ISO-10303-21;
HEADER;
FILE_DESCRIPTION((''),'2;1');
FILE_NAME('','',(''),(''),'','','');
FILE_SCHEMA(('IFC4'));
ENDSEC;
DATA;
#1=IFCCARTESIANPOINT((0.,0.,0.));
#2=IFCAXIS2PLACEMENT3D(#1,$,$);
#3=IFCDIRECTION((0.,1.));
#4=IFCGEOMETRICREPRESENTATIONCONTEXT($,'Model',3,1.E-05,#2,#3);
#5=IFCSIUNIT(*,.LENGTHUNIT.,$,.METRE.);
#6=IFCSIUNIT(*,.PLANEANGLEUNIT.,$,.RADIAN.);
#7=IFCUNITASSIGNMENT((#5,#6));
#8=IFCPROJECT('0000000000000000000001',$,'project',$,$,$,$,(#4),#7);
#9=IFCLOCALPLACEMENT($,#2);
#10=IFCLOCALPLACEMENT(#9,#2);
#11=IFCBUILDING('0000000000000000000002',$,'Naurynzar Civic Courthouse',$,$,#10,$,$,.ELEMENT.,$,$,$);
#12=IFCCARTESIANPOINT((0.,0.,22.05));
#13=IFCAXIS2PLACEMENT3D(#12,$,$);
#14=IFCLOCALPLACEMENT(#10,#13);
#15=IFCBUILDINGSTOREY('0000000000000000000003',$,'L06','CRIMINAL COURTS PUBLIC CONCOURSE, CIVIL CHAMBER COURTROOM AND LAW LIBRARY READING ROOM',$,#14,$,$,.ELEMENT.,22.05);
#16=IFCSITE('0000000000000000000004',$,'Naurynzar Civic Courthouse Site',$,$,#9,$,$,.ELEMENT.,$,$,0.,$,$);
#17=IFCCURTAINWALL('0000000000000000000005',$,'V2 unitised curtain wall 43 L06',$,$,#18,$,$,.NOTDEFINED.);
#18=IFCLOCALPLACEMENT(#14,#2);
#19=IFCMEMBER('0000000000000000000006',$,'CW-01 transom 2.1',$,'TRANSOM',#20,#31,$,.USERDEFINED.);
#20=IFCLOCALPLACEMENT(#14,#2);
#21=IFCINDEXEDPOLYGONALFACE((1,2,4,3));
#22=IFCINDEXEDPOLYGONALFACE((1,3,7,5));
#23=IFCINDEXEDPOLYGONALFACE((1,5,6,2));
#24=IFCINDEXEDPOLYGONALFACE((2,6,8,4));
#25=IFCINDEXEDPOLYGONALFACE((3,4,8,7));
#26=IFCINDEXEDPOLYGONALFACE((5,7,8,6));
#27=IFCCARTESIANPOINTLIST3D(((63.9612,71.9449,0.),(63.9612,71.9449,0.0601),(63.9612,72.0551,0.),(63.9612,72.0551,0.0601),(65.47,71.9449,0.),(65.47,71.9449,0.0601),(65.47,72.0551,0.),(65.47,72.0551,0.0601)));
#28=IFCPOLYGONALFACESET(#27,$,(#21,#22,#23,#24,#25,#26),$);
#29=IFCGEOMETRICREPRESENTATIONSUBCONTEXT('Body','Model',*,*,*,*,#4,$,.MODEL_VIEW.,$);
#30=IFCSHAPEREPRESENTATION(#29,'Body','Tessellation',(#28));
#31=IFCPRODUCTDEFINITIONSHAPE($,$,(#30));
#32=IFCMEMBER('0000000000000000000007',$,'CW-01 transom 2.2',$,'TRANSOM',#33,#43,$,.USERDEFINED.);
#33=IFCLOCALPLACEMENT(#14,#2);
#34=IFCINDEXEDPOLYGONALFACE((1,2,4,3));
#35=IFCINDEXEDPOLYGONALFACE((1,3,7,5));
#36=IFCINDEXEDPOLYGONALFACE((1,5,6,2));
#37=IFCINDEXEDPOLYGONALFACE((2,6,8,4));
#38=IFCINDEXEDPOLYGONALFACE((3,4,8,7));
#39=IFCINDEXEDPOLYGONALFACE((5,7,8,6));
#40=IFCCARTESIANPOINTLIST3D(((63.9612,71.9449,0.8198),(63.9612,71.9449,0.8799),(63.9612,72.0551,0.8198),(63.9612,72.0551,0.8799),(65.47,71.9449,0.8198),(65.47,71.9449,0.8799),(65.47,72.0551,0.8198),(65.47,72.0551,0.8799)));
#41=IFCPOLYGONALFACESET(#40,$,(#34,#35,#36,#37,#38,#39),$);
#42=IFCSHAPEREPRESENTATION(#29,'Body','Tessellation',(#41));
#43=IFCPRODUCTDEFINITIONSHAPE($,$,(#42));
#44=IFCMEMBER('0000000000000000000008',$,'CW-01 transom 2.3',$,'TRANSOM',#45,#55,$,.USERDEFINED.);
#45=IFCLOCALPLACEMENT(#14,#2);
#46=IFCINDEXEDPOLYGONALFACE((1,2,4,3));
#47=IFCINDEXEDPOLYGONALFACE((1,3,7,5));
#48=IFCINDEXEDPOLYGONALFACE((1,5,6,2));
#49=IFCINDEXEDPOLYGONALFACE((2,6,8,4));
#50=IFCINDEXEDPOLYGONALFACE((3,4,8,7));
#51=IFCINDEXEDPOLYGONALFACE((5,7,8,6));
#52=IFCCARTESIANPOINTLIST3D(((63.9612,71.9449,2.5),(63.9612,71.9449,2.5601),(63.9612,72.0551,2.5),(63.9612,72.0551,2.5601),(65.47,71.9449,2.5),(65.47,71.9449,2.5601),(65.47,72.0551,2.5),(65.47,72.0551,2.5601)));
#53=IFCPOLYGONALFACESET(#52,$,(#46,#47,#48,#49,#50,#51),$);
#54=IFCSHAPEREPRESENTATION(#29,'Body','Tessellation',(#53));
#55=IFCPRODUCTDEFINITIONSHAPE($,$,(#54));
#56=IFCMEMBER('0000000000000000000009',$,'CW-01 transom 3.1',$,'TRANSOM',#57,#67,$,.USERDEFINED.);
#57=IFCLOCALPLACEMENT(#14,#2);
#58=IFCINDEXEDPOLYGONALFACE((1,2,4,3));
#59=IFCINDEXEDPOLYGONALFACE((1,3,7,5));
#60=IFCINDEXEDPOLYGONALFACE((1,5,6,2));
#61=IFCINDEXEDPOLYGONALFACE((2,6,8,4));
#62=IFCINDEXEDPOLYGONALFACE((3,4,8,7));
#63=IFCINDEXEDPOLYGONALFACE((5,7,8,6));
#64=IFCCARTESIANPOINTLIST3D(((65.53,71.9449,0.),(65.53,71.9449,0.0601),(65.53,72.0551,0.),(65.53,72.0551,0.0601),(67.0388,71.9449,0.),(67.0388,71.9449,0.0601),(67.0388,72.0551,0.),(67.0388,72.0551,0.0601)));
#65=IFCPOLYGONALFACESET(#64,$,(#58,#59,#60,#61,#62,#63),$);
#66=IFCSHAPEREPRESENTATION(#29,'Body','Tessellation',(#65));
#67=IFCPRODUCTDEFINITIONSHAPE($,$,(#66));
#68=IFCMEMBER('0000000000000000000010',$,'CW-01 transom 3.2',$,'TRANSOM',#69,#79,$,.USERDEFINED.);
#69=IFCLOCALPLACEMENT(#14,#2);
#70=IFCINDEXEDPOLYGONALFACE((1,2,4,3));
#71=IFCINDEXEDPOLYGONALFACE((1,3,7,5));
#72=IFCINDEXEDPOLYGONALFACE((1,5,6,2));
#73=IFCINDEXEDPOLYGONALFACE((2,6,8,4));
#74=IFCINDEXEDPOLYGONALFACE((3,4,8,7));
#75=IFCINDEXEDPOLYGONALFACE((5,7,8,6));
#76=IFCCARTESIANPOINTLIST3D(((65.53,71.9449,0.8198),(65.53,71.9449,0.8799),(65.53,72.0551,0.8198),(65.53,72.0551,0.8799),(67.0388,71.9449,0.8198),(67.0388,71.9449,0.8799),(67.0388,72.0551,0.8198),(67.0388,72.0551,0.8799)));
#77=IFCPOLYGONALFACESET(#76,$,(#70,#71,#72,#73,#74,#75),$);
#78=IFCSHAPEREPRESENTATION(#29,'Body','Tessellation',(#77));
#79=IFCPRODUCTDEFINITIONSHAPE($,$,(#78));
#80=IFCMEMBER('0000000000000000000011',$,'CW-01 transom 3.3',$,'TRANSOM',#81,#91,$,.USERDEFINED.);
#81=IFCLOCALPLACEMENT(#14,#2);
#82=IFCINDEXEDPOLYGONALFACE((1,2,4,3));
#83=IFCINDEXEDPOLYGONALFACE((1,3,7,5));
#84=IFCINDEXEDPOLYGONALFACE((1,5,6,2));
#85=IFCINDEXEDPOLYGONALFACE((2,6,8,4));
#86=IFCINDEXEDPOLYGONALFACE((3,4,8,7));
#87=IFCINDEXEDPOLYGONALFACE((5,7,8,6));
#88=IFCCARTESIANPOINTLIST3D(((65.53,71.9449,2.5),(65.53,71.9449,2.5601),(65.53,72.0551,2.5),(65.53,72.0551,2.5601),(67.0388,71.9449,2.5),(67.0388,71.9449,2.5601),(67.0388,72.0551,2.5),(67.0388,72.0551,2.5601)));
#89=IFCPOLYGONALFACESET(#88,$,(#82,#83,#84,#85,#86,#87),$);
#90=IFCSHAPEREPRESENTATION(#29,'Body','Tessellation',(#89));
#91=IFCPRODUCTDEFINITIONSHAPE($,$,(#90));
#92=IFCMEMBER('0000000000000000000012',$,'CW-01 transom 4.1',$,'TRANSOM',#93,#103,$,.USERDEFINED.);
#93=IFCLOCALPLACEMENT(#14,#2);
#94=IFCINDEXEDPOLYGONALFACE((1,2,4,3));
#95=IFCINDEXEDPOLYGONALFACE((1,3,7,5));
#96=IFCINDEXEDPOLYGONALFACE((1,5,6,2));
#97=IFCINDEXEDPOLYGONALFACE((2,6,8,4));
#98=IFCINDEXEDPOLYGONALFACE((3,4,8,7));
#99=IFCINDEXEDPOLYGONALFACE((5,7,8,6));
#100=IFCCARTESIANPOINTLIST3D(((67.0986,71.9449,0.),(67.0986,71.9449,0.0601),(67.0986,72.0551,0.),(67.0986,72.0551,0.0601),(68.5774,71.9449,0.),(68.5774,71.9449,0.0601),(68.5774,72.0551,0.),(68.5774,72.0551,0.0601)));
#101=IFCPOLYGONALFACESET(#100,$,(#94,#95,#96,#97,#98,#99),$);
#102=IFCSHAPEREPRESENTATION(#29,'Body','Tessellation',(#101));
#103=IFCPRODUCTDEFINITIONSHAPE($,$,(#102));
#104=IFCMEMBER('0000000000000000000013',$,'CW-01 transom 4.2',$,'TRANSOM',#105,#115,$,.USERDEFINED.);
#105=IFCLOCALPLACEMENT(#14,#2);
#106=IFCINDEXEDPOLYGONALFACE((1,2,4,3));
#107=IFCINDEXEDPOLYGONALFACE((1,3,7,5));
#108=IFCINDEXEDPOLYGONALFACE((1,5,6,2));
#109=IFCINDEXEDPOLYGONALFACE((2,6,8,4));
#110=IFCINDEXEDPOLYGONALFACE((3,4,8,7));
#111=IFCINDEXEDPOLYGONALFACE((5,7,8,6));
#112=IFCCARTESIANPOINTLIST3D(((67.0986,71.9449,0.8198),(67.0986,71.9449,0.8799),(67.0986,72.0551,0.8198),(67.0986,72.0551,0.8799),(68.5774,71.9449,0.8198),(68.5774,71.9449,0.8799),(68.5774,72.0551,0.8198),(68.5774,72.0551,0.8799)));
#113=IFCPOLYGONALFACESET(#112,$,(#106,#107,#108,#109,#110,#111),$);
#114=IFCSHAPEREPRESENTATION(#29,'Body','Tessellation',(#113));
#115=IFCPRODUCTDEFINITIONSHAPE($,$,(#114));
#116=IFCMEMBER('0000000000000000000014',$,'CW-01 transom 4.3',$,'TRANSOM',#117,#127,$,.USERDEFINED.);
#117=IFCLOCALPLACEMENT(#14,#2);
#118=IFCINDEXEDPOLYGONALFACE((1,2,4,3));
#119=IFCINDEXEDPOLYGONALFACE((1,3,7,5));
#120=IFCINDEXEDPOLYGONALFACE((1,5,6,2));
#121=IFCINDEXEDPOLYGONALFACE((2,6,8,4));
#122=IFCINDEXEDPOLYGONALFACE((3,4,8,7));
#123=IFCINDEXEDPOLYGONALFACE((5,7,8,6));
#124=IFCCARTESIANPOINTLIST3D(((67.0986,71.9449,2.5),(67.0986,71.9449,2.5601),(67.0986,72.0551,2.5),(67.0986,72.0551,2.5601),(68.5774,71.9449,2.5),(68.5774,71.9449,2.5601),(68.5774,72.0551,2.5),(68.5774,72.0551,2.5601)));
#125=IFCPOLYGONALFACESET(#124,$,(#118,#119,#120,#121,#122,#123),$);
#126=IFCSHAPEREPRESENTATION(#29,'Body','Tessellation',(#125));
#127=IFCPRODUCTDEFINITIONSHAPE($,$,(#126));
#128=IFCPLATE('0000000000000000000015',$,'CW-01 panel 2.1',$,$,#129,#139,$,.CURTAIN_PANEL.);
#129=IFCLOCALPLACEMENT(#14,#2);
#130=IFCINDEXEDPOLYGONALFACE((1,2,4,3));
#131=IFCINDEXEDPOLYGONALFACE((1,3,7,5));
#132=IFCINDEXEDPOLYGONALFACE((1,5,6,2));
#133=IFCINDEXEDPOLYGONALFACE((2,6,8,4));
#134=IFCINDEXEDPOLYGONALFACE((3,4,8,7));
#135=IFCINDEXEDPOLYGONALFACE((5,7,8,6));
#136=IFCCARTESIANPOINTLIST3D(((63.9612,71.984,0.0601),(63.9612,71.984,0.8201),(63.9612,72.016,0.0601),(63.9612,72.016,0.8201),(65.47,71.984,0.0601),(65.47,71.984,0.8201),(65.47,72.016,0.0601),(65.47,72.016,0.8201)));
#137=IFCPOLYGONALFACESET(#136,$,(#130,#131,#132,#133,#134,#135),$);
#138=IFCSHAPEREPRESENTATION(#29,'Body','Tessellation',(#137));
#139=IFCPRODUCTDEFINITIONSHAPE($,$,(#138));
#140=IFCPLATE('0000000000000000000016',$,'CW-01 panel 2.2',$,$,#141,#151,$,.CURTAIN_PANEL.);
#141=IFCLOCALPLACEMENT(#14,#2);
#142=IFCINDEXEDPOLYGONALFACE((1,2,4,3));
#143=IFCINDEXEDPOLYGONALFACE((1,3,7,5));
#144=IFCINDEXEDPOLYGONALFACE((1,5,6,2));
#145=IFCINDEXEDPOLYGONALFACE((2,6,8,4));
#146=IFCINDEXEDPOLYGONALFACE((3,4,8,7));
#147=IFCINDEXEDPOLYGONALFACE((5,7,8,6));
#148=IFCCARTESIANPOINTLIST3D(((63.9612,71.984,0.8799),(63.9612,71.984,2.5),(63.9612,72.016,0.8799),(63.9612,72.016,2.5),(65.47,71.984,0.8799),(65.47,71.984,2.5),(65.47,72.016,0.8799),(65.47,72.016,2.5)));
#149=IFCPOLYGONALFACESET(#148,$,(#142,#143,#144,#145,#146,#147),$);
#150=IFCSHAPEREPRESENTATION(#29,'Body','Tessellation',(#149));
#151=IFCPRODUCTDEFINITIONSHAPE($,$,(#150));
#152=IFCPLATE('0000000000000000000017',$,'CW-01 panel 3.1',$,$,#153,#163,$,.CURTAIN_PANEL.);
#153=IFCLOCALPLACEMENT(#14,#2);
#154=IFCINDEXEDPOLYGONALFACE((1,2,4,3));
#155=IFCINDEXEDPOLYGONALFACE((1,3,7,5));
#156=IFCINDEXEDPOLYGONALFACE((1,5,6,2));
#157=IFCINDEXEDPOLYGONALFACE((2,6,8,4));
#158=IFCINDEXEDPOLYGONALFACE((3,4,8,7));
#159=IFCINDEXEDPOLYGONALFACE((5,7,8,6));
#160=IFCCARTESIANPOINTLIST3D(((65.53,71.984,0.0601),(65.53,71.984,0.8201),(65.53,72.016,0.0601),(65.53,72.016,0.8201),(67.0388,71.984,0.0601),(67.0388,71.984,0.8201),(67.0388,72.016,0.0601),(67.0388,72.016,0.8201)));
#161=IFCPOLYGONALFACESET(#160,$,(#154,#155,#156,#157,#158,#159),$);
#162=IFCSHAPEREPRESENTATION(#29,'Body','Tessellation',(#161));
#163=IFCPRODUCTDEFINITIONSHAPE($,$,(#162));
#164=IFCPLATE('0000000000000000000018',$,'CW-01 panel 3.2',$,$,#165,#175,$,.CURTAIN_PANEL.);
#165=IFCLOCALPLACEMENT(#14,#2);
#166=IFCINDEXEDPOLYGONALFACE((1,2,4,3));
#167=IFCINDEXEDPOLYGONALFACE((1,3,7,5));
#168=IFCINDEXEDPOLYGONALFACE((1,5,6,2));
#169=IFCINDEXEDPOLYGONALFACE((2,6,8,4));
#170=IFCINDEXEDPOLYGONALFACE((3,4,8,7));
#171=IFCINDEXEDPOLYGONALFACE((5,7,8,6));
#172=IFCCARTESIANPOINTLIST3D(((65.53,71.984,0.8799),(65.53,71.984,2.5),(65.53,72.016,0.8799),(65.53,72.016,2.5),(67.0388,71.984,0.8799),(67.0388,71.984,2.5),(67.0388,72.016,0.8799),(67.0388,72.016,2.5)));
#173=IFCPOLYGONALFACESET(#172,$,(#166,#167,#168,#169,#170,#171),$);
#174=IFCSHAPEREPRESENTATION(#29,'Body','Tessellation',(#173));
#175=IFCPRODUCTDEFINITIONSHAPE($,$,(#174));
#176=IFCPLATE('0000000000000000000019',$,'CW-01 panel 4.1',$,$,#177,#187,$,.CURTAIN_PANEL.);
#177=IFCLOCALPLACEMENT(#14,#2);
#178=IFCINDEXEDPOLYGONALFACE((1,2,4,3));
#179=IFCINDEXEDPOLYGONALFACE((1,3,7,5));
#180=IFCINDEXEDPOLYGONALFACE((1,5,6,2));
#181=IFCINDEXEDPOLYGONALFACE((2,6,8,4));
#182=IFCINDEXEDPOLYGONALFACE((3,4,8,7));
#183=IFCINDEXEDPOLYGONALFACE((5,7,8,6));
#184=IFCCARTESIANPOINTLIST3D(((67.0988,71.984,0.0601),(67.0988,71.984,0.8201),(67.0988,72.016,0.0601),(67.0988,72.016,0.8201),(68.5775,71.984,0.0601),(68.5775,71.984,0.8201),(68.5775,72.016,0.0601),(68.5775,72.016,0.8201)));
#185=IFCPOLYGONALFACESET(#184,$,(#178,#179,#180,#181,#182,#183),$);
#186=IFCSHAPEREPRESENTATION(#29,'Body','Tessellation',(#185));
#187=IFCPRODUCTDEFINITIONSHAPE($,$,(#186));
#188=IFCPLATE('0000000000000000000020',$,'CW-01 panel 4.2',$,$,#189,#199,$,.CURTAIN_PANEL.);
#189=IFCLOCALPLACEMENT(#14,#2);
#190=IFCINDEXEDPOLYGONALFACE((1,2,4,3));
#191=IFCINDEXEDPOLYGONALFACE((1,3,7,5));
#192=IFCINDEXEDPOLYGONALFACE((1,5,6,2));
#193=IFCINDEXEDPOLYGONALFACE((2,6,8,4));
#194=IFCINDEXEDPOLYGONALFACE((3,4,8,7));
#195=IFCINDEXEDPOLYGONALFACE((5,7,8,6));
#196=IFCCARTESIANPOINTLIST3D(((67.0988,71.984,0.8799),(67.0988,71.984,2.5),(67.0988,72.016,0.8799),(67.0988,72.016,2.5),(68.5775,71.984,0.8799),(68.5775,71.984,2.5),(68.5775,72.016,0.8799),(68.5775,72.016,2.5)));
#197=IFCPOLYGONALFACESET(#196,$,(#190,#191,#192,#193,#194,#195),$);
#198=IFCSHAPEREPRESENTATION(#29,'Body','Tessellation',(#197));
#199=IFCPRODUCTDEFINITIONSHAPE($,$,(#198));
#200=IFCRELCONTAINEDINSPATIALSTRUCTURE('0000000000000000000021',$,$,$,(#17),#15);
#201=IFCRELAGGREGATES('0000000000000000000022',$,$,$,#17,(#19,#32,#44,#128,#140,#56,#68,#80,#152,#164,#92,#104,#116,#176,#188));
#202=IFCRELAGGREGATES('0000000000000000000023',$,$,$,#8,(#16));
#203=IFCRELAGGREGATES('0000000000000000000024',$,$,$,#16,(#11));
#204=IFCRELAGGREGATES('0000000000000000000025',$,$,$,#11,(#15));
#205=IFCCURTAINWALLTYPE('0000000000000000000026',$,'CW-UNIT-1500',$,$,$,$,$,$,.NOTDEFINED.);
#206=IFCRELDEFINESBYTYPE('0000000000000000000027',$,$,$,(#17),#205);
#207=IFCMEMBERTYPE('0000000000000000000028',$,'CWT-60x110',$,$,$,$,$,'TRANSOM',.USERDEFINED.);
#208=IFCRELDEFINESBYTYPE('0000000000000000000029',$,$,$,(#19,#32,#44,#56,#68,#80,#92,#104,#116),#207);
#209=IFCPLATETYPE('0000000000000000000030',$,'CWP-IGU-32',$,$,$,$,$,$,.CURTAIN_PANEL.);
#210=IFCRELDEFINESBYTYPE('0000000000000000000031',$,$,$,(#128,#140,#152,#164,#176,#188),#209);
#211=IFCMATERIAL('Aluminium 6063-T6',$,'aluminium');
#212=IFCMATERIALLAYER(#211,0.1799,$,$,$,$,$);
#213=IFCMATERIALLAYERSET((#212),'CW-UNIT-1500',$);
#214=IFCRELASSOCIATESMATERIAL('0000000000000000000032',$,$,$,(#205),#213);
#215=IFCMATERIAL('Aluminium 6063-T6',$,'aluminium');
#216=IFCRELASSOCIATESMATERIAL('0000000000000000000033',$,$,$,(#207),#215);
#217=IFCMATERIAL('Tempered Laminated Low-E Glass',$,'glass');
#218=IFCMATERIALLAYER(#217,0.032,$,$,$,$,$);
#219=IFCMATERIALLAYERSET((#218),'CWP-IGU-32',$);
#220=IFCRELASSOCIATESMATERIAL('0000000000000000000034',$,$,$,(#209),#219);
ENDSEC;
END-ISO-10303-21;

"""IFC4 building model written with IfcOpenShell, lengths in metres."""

from ifc_helpers import new_model, si_unit, direction, frame, origin, origin_2d, place, context, subcontext, project, spatial, rectangle, extrude, material, layer, layer_set, material_profile, profile_set, type_object, element, aggregate, save


model = new_model("IFC4")

# Units and contexts
model_context = context("Model", 3, precision=1e-05, world=origin(), true_north=direction((0.0, 1.0)))
body_context = subcontext(model_context, "Body", "Model", "MODEL_VIEW")
ifc_project = project(units=[si_unit("LENGTHUNIT", "METRE"), si_unit("PLANEANGLEUNIT", "RADIAN")], contexts=[model_context])

# Site, building, storey
site_placement = place(None, origin())
site = spatial("IfcSite", under=ifc_project, at=site_placement, Name="Naurynzar Civic Courthouse Site", CompositionType="ELEMENT", RefElevation=0.0)
building_placement = place(site_placement, origin())
building = spatial("IfcBuilding", under=site, at=building_placement, Name="Naurynzar Civic Courthouse", CompositionType="ELEMENT")
storey_placement = place(building_placement, frame((0.0, 0.0, 22.05)))
storey = spatial("IfcBuildingStorey", under=building, at=storey_placement, Name="L06", Description="CRIMINAL COURTS PUBLIC CONCOURSE, CIVIL CHAMBER COURTROOM AND LAW LIBRARY READING ROOM", CompositionType="ELEMENT", Elevation=22.05)

# Curtain wall, members, plates
ifc_material_1 = material(Name="Aluminium 6063-T6", Category="aluminium")
ifc_layer_1 = layer(ifc_material_1, 0.1799)
ifc_layer_set_1 = layer_set([ifc_layer_1], Name="CW-UNIT-1500")
curtain_wall_type = type_object("IfcCurtainWallType", Name="CW-UNIT-1500", PredefinedType="NOTDEFINED", material=ifc_layer_set_1)
curtain_wall_placement = place(storey_placement, origin())
curtain_wall = element("IfcCurtainWall", 1, at=curtain_wall_placement, inside=storey, type_object=curtain_wall_type, Name="V2 unitised curtain wall 43 L06", PredefinedType="NOTDEFINED")
ifc_material_2 = material(Name="Aluminium 6063-T6", Category="aluminium")
ifc_material_profile_1 = material_profile(ifc_material_2, rectangle(XDim=0.1101, YDim=0.0601, at=origin_2d()), Name="ALU TRANSOM 60x110")
ifc_profile_set_1 = profile_set([ifc_material_profile_1], Name="Aluminium 6063-T6")
member_type_1 = type_object("IfcMemberType", Name="CWT-60x110", ElementType="TRANSOM", PredefinedType="USERDEFINED", material=ifc_profile_set_1)
member_1_placement = place(storey_placement, frame((63.9612, 72.0, 0.03), z_axis=(1.0, 0.0, 0.0), x_axis=(0.0, 1.0, 0.0)))
member_1 = element("IfcMember", 2, at=member_1_placement, type_object=member_type_1, Name="CW-01 transom 2.1", ObjectType="TRANSOM", PredefinedType="USERDEFINED", context=body_context, shape_type="SweptSolid", body=[
    extrude(rectangle(XDim=0.1101, YDim=0.0601, at=origin_2d()), origin(), (0.0, 0.0, 1.0), 1.5088),
])
member_2_placement = place(storey_placement, frame((63.9612, 72.0, 0.8499), z_axis=(1.0, 0.0, 0.0), x_axis=(0.0, 1.0, 0.0)))
member_2 = element("IfcMember", 3, at=member_2_placement, type_object=member_type_1, Name="CW-01 transom 2.2", ObjectType="TRANSOM", PredefinedType="USERDEFINED", context=body_context, shape_type="SweptSolid", body=[
    extrude(rectangle(XDim=0.1101, YDim=0.0601, at=origin_2d()), origin(), (0.0, 0.0, 1.0), 1.5088),
])
member_3_placement = place(storey_placement, frame((63.9612, 72.0, 2.53), z_axis=(1.0, 0.0, 0.0), x_axis=(0.0, 1.0, 0.0)))
member_3 = element("IfcMember", 4, at=member_3_placement, type_object=member_type_1, Name="CW-01 transom 2.3", ObjectType="TRANSOM", PredefinedType="USERDEFINED", context=body_context, shape_type="SweptSolid", body=[
    extrude(rectangle(XDim=0.1101, YDim=0.0601, at=origin_2d()), origin(), (0.0, 0.0, 1.0), 1.5088),
])
member_4_placement = place(storey_placement, frame((65.53, 72.0, 0.03), z_axis=(1.0, 0.0, 0.0), x_axis=(0.0, 1.0, 0.0)))
member_4 = element("IfcMember", 5, at=member_4_placement, type_object=member_type_1, Name="CW-01 transom 3.1", ObjectType="TRANSOM", PredefinedType="USERDEFINED", context=body_context, shape_type="SweptSolid", body=[
    extrude(rectangle(XDim=0.1101, YDim=0.0601, at=origin_2d()), origin(), (0.0, 0.0, 1.0), 1.5088),
])
member_5_placement = place(storey_placement, frame((65.53, 72.0, 0.8499), z_axis=(1.0, 0.0, 0.0), x_axis=(0.0, 1.0, 0.0)))
member_5 = element("IfcMember", 6, at=member_5_placement, type_object=member_type_1, Name="CW-01 transom 3.2", ObjectType="TRANSOM", PredefinedType="USERDEFINED", context=body_context, shape_type="SweptSolid", body=[
    extrude(rectangle(XDim=0.1101, YDim=0.0601, at=origin_2d()), origin(), (0.0, 0.0, 1.0), 1.5088),
])
member_6_placement = place(storey_placement, frame((65.53, 72.0, 2.53), z_axis=(1.0, 0.0, 0.0), x_axis=(0.0, 1.0, 0.0)))
member_6 = element("IfcMember", 7, at=member_6_placement, type_object=member_type_1, Name="CW-01 transom 3.3", ObjectType="TRANSOM", PredefinedType="USERDEFINED", context=body_context, shape_type="SweptSolid", body=[
    extrude(rectangle(XDim=0.1101, YDim=0.0601, at=origin_2d()), origin(), (0.0, 0.0, 1.0), 1.5088),
])
member_7_placement = place(storey_placement, frame((67.0986, 72.0, 0.03), z_axis=(1.0, 0.0, 0.0), x_axis=(0.0, 1.0, 0.0)))
member_7 = element("IfcMember", 8, at=member_7_placement, type_object=member_type_1, Name="CW-01 transom 4.1", ObjectType="TRANSOM", PredefinedType="USERDEFINED", context=body_context, shape_type="SweptSolid", body=[
    extrude(rectangle(XDim=0.1101, YDim=0.0601, at=origin_2d()), origin(), (0.0, 0.0, 1.0), 1.4788),
])
member_8_placement = place(storey_placement, frame((67.0986, 72.0, 0.8499), z_axis=(1.0, 0.0, 0.0), x_axis=(0.0, 1.0, 0.0)))
member_8 = element("IfcMember", 9, at=member_8_placement, type_object=member_type_1, Name="CW-01 transom 4.2", ObjectType="TRANSOM", PredefinedType="USERDEFINED", context=body_context, shape_type="SweptSolid", body=[
    extrude(rectangle(XDim=0.1101, YDim=0.0601, at=origin_2d()), origin(), (0.0, 0.0, 1.0), 1.4788),
])
member_9_placement = place(storey_placement, frame((67.0986, 72.0, 2.53), z_axis=(1.0, 0.0, 0.0), x_axis=(0.0, 1.0, 0.0)))
member_9 = element("IfcMember", 10, at=member_9_placement, type_object=member_type_1, Name="CW-01 transom 4.3", ObjectType="TRANSOM", PredefinedType="USERDEFINED", context=body_context, shape_type="SweptSolid", body=[
    extrude(rectangle(XDim=0.1101, YDim=0.0601, at=origin_2d()), origin(), (0.0, 0.0, 1.0), 1.4788),
])
ifc_material_3 = material(Name="Tempered Laminated Low-E Glass", Category="glass")
ifc_layer_2 = layer(ifc_material_3, 0.032)
ifc_layer_set_2 = layer_set([ifc_layer_2], Name="CWP-IGU-32")
plate_type = type_object("IfcPlateType", Name="CWP-IGU-32", PredefinedType="CURTAIN_PANEL", material=ifc_layer_set_2)
plate_1_placement = place(storey_placement, frame((64.7156, 72.0, 0.0601), z_axis=(0.0, 0.0, 1.0), x_axis=(1.0, 0.0, 0.0)))
plate_1 = element("IfcPlate", 11, at=plate_1_placement, type_object=plate_type, Name="CW-01 panel 2.1", PredefinedType="CURTAIN_PANEL", context=body_context, shape_type="SweptSolid", body=[
    extrude(rectangle(XDim=1.5088, YDim=0.032, at=origin_2d()), origin(), (0.0, 0.0, 1.0), 0.76),
])
plate_2_placement = place(storey_placement, frame((64.7156, 72.0, 0.8799), z_axis=(0.0, 0.0, 1.0), x_axis=(1.0, 0.0, 0.0)))
plate_2 = element("IfcPlate", 12, at=plate_2_placement, type_object=plate_type, Name="CW-01 panel 2.2", PredefinedType="CURTAIN_PANEL", context=body_context, shape_type="SweptSolid", body=[
    extrude(rectangle(XDim=1.5088, YDim=0.032, at=origin_2d()), origin(), (0.0, 0.0, 1.0), 1.6201),
])
plate_3_placement = place(storey_placement, frame((66.2844, 72.0, 0.0601), z_axis=(0.0, 0.0, 1.0), x_axis=(1.0, 0.0, 0.0)))
plate_3 = element("IfcPlate", 13, at=plate_3_placement, type_object=plate_type, Name="CW-01 panel 3.1", PredefinedType="CURTAIN_PANEL", context=body_context, shape_type="SweptSolid", body=[
    extrude(rectangle(XDim=1.5088, YDim=0.032, at=origin_2d()), origin(), (0.0, 0.0, 1.0), 0.76),
])
plate_4_placement = place(storey_placement, frame((66.2844, 72.0, 0.8799), z_axis=(0.0, 0.0, 1.0), x_axis=(1.0, 0.0, 0.0)))
plate_4 = element("IfcPlate", 14, at=plate_4_placement, type_object=plate_type, Name="CW-01 panel 3.2", PredefinedType="CURTAIN_PANEL", context=body_context, shape_type="SweptSolid", body=[
    extrude(rectangle(XDim=1.5088, YDim=0.032, at=origin_2d()), origin(), (0.0, 0.0, 1.0), 1.6201),
])
plate_5_placement = place(storey_placement, frame((67.8381, 72.0, 0.0601), z_axis=(0.0, 0.0, 1.0), x_axis=(1.0, 0.0, 0.0)))
plate_5 = element("IfcPlate", 15, at=plate_5_placement, type_object=plate_type, Name="CW-01 panel 4.1", PredefinedType="CURTAIN_PANEL", context=body_context, shape_type="SweptSolid", body=[
    extrude(rectangle(XDim=1.4788, YDim=0.032, at=origin_2d()), origin(), (0.0, 0.0, 1.0), 0.76),
])
plate_6_placement = place(storey_placement, frame((67.8381, 72.0, 0.8799), z_axis=(0.0, 0.0, 1.0), x_axis=(1.0, 0.0, 0.0)))
plate_6 = element("IfcPlate", 16, at=plate_6_placement, type_object=plate_type, Name="CW-01 panel 4.2", PredefinedType="CURTAIN_PANEL", context=body_context, shape_type="SweptSolid", body=[
    extrude(rectangle(XDim=1.4788, YDim=0.032, at=origin_2d()), origin(), (0.0, 0.0, 1.0), 1.6201),
])
aggregate(curtain_wall, [member_1, member_2, member_3, plate_1, plate_2, member_4, member_5, member_6, plate_3, plate_4, member_7, member_8, member_9, plate_5, plate_6])

save(model, "model.ifc")
